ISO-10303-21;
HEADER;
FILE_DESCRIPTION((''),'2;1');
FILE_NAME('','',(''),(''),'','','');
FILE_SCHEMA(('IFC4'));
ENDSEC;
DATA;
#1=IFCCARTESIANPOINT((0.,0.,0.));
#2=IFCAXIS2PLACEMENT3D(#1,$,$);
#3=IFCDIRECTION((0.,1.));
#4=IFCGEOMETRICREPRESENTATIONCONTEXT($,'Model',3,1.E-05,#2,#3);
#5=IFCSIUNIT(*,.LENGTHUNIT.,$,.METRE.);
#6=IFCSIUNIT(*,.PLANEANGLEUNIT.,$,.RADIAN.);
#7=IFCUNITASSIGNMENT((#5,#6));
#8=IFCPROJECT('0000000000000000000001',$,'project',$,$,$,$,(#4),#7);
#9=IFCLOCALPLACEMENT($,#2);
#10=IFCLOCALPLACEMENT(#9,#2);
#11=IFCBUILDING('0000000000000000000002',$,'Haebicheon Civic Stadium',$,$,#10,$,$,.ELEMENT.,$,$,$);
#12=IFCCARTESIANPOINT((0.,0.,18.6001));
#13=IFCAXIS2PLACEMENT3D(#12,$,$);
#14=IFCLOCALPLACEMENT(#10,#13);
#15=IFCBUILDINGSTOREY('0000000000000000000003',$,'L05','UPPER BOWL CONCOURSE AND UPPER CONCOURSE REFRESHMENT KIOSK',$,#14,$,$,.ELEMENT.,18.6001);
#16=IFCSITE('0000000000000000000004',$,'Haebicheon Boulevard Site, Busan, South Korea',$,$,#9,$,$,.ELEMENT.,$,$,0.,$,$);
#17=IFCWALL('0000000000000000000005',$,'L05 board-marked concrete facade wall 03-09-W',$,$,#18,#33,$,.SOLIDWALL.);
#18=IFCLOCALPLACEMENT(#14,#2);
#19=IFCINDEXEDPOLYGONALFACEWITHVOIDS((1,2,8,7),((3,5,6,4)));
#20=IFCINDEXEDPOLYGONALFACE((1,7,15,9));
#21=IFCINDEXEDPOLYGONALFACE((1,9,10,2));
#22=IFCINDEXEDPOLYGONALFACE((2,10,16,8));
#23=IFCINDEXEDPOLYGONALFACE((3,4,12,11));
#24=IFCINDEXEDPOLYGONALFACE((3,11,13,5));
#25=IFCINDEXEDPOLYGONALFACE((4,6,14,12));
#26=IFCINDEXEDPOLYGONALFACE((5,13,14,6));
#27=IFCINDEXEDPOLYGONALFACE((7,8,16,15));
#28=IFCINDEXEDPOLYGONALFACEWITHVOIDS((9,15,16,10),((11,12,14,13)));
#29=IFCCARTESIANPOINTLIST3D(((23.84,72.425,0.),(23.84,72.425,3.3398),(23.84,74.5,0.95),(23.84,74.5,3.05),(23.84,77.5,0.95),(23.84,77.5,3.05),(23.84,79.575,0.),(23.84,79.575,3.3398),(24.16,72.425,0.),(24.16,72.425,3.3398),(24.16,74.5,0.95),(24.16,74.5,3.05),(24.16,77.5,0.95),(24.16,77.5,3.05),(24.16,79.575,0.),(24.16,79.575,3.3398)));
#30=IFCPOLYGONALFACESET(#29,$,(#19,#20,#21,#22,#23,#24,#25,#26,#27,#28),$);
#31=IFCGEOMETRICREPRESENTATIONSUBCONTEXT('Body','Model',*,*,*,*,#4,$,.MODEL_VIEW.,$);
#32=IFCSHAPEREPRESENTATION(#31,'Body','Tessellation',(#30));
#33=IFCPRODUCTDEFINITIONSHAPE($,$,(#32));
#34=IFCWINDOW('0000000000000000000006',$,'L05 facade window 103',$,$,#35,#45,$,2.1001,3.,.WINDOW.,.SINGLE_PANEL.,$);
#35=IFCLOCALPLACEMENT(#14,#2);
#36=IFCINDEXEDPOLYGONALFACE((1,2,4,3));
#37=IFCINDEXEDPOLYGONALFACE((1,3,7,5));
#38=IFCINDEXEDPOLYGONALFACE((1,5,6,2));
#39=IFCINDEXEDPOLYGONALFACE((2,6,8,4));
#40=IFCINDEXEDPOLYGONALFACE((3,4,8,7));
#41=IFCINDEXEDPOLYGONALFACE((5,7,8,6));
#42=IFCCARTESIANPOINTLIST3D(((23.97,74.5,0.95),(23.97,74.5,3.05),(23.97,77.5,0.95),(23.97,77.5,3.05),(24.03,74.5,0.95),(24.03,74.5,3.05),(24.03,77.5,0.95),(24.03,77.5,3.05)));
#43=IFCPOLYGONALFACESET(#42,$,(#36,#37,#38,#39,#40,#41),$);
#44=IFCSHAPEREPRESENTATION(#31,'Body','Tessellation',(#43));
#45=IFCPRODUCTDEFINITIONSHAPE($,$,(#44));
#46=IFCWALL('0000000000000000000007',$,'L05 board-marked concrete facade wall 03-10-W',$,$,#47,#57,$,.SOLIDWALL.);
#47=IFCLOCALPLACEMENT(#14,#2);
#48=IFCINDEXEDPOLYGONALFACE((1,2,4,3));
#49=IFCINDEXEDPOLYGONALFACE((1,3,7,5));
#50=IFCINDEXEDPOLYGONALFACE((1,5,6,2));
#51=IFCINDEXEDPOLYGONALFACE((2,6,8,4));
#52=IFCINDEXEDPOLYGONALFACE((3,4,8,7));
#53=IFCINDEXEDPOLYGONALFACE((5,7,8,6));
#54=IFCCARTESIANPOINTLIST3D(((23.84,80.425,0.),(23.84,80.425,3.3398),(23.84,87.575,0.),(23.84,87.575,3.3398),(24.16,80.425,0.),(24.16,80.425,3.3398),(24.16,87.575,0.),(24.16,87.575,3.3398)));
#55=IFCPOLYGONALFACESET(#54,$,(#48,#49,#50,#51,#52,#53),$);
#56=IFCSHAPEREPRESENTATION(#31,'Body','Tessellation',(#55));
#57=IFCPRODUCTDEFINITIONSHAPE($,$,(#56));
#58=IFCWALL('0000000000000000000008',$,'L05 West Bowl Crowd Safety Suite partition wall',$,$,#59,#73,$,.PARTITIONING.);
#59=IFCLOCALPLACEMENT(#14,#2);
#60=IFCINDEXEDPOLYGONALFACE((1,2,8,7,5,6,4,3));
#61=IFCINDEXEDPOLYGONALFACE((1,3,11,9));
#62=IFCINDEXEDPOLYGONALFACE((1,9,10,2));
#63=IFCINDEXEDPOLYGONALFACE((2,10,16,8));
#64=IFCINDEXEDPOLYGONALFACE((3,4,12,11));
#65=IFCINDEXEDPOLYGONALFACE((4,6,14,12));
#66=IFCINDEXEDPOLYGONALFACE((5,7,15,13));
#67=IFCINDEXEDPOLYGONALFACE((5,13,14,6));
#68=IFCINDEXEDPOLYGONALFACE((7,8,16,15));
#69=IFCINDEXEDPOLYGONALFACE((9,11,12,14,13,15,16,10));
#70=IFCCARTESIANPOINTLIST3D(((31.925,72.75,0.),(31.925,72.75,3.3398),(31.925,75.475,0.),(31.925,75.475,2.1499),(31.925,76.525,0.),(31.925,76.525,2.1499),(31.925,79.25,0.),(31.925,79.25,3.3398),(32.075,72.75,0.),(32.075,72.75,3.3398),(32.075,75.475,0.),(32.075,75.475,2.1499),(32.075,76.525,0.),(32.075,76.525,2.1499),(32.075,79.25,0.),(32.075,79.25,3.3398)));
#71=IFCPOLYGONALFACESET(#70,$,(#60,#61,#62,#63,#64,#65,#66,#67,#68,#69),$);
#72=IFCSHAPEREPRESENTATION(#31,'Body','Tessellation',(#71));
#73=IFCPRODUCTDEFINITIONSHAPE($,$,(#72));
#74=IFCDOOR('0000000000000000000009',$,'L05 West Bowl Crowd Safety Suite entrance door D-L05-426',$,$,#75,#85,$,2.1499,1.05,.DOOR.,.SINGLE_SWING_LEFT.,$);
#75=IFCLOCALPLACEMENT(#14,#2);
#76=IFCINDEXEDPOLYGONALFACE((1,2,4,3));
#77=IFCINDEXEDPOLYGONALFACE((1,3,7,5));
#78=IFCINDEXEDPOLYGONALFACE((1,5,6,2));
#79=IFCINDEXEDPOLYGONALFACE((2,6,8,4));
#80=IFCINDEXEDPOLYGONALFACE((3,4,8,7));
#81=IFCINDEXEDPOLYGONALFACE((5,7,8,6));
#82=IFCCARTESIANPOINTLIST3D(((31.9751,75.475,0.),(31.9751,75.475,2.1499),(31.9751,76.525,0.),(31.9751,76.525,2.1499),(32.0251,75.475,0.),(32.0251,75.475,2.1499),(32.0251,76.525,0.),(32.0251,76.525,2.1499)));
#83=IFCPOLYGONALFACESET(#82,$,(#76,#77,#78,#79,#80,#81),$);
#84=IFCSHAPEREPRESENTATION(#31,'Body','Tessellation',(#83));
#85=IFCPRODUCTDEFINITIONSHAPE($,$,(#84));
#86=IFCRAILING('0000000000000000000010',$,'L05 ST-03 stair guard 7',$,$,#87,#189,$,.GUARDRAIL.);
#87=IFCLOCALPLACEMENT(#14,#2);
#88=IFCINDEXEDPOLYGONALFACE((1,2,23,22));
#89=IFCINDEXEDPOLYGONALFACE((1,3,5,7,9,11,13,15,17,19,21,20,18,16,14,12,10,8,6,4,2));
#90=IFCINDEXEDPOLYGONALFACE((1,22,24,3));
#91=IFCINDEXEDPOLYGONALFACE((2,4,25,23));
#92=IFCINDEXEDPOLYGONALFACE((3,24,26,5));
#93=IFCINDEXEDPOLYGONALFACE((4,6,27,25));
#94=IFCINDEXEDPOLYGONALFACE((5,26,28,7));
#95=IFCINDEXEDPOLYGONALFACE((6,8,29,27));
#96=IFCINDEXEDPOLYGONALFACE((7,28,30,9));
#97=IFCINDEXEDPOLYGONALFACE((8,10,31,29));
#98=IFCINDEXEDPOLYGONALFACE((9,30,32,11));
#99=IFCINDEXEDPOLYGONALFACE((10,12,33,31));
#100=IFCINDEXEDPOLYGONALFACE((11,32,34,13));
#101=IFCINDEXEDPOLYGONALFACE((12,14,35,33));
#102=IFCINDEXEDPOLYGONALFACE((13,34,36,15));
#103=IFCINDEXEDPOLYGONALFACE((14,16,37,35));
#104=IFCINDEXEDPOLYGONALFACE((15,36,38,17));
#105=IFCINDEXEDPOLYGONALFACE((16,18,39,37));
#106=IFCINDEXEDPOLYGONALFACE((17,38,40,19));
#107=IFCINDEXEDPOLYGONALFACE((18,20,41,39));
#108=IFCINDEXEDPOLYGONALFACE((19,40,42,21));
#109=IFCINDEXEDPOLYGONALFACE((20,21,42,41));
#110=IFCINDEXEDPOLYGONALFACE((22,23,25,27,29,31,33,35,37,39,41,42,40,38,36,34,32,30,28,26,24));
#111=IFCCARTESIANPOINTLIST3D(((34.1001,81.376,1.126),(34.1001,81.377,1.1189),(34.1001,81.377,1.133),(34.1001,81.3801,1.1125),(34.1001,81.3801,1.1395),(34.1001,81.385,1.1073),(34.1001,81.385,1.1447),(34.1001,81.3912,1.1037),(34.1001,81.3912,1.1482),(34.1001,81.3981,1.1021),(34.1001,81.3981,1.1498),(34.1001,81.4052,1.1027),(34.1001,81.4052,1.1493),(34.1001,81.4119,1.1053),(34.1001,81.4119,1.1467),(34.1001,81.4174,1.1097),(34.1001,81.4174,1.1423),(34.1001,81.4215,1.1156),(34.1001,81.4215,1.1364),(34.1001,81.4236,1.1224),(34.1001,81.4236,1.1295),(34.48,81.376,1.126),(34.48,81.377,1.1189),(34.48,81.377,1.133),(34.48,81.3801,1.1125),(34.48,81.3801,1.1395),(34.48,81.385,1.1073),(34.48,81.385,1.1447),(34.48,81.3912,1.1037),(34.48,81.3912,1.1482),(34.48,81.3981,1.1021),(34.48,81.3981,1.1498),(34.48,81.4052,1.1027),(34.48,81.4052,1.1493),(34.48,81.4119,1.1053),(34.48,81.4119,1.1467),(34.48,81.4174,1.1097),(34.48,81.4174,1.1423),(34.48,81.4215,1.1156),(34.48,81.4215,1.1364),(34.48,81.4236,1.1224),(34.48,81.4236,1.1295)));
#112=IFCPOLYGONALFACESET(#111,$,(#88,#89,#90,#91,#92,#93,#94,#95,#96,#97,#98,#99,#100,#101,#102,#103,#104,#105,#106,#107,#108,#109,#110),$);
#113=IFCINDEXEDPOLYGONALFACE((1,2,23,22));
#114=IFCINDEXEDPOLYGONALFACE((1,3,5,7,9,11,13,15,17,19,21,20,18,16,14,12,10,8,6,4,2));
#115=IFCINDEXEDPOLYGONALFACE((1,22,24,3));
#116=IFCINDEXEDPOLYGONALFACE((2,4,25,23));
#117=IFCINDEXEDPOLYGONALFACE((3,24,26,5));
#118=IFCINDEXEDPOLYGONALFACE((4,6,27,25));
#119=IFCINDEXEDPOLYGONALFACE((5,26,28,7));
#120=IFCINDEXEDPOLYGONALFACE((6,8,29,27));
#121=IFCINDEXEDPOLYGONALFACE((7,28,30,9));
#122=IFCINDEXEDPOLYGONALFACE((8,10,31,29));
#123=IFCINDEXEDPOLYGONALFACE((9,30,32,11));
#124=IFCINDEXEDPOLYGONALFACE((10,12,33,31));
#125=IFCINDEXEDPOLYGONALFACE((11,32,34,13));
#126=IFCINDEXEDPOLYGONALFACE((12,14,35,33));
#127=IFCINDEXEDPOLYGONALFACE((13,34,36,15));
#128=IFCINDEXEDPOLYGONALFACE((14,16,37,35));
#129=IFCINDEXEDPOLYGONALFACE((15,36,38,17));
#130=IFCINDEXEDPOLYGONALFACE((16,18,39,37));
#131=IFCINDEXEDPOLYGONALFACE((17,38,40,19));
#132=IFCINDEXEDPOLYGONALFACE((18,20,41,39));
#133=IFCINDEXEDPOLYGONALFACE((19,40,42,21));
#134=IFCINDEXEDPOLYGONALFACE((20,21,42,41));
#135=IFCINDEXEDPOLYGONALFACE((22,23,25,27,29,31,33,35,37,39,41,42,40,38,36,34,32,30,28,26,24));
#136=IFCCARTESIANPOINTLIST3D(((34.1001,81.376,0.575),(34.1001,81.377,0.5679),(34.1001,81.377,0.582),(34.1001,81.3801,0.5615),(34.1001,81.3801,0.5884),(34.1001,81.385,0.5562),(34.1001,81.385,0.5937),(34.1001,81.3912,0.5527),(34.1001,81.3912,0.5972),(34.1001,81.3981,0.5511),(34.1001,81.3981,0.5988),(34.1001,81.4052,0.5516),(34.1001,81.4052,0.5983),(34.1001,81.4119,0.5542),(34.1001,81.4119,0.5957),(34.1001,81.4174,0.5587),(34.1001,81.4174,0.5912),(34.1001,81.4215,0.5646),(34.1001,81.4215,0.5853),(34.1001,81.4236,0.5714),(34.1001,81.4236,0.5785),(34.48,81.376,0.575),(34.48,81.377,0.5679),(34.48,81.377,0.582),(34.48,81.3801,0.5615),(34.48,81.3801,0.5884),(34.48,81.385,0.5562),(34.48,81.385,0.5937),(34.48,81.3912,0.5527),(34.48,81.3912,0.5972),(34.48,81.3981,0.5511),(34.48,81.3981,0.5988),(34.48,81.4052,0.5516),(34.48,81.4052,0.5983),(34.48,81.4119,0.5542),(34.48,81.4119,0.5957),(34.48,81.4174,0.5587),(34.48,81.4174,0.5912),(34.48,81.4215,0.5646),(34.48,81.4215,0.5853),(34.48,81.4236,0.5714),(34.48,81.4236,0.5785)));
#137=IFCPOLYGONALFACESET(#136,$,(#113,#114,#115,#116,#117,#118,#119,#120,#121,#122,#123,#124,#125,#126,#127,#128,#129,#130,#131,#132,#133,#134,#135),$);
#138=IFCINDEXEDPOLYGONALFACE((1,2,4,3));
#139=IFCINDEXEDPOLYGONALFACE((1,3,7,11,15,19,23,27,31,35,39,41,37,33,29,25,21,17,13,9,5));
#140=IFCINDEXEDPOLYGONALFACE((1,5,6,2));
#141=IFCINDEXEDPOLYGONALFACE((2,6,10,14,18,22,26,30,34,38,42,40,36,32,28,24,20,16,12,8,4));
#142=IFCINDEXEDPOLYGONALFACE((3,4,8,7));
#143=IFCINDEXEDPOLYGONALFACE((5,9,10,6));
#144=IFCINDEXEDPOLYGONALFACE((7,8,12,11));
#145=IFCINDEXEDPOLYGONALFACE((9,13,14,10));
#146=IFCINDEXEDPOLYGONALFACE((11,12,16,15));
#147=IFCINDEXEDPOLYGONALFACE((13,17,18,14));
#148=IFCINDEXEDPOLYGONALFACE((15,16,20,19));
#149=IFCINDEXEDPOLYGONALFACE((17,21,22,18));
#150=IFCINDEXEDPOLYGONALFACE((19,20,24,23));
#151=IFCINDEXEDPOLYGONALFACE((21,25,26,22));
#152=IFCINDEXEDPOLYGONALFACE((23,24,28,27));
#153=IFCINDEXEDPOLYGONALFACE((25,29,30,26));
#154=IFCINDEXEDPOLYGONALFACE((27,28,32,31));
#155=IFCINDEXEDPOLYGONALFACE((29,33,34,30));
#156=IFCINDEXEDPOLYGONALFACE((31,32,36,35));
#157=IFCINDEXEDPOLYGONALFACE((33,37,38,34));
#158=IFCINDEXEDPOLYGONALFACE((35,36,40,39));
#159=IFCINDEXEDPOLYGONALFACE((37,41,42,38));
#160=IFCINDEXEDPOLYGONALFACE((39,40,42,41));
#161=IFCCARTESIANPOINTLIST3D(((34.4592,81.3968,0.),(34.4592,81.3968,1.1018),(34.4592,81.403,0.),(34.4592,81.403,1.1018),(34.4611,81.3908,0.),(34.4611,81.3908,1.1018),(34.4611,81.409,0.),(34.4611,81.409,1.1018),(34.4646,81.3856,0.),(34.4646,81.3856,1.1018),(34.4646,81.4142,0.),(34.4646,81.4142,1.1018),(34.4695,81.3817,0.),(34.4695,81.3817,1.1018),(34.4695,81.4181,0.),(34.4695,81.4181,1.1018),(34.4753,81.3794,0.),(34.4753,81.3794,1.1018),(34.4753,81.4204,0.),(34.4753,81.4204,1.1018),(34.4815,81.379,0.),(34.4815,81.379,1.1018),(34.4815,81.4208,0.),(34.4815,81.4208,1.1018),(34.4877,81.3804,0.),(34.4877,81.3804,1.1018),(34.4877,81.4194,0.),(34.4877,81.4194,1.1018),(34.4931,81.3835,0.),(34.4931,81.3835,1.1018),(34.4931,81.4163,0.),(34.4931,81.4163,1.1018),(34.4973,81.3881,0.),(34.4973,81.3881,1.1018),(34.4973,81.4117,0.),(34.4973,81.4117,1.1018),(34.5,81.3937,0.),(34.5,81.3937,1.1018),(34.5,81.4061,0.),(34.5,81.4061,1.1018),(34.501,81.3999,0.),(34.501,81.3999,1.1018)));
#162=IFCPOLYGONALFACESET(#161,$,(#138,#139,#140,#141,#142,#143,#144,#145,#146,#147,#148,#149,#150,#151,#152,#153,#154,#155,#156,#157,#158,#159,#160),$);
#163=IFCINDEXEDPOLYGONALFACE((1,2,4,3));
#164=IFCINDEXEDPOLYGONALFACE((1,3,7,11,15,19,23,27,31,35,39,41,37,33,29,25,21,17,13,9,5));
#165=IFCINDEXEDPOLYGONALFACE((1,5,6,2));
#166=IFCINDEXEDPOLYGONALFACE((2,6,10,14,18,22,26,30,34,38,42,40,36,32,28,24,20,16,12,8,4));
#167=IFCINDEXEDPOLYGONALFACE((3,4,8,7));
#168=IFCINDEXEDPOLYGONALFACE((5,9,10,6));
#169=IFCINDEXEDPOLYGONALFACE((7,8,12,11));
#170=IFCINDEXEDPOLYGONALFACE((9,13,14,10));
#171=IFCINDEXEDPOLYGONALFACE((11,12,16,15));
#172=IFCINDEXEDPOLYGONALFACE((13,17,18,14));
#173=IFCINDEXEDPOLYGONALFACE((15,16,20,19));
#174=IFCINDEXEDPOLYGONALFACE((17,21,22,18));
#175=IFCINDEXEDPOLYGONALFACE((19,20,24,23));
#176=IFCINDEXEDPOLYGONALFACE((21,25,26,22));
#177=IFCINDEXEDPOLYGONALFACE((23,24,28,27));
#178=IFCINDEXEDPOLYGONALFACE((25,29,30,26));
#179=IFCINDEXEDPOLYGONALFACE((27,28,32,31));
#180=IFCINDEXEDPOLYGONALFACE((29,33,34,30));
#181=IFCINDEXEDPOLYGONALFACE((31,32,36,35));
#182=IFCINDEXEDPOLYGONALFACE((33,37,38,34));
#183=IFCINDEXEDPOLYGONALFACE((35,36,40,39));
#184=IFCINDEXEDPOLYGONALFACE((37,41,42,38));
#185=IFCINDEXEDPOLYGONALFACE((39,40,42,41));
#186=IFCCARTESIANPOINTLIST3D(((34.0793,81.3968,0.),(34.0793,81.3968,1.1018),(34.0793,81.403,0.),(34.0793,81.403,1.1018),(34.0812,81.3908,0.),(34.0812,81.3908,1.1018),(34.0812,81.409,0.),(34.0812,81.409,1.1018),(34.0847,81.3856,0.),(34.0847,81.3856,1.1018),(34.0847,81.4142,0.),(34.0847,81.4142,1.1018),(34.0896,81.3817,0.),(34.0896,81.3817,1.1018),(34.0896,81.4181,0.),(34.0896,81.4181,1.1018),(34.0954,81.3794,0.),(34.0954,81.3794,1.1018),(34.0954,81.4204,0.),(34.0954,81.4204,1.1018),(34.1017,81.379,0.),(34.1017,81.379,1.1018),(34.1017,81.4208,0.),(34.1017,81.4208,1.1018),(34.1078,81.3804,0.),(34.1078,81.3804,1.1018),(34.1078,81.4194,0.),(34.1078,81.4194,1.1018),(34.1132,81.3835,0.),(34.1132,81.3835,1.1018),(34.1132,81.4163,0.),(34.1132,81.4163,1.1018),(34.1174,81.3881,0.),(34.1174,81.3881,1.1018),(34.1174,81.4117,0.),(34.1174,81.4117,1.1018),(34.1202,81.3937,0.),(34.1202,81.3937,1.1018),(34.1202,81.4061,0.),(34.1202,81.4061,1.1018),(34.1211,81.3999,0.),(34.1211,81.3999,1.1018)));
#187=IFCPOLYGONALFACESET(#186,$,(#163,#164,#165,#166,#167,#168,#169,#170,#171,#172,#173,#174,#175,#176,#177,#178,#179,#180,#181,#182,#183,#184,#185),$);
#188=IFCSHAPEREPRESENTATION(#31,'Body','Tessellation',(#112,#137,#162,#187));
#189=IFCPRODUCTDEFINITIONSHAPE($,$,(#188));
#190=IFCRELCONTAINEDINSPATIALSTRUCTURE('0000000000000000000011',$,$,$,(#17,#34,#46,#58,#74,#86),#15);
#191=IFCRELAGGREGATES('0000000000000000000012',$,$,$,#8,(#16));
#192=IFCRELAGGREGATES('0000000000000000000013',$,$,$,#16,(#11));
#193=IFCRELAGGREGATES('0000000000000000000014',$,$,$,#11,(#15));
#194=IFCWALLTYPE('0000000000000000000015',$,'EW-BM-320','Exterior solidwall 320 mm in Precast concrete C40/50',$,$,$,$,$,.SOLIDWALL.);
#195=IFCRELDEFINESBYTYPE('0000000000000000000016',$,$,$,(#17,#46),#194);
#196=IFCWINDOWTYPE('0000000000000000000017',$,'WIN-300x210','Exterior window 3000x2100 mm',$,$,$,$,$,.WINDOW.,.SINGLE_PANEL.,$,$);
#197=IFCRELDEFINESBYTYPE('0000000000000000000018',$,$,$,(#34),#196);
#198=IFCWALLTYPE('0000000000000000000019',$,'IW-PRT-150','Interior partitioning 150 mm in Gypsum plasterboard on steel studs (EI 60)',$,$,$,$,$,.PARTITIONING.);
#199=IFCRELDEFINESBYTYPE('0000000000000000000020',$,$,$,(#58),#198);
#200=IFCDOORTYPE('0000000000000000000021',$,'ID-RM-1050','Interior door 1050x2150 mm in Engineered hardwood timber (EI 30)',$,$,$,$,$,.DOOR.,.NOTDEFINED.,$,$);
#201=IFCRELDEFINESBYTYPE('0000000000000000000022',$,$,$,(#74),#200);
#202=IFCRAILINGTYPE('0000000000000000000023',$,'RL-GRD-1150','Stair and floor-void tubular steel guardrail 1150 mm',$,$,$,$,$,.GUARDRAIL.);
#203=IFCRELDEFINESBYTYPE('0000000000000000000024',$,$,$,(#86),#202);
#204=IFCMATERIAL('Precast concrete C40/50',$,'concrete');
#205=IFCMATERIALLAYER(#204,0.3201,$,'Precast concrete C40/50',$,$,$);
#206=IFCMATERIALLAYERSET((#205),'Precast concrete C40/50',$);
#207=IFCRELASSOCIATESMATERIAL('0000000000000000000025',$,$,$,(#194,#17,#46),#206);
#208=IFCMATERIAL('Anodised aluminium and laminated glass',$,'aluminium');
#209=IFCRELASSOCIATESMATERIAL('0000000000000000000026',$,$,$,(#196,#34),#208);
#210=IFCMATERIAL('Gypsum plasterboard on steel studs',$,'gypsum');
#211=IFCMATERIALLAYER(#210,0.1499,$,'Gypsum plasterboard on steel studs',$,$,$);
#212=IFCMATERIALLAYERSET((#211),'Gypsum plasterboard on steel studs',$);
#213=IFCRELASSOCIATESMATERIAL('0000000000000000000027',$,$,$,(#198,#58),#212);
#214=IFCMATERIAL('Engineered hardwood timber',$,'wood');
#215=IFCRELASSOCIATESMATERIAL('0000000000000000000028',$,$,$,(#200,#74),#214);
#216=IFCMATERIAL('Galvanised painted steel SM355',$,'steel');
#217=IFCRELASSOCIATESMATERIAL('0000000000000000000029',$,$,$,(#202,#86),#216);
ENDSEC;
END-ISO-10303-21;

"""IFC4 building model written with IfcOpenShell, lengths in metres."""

from ifc_helpers import new_model, si_unit, direction, frame, frame_2d, origin, origin_2d, place, context, subcontext, project, spatial, rectangle, circle, extrude, material, layer, layer_set, type_object, element, fill, save


model = new_model("IFC4")

# Units and contexts
model_context = context("Model", 3, precision=1e-05, world=origin(), true_north=direction((0.0, 1.0)))
body_context = subcontext(model_context, "Body", "Model", "MODEL_VIEW")
ifc_project = project(units=[si_unit("LENGTHUNIT", "METRE"), si_unit("PLANEANGLEUNIT", "RADIAN")], contexts=[model_context])

# Site, building, storey
site_placement = place(None, origin())
site = spatial("IfcSite", under=ifc_project, at=site_placement, Name="Haebicheon Boulevard Site, Busan, South Korea", CompositionType="ELEMENT", RefElevation=0.0)
building_placement = place(site_placement, origin())
building = spatial("IfcBuilding", under=site, at=building_placement, Name="Haebicheon Civic Stadium", CompositionType="ELEMENT")
storey_placement = place(building_placement, frame((0.0, 0.0, 18.6001)))
storey = spatial("IfcBuildingStorey", under=building, at=storey_placement, Name="L05", Description="UPPER BOWL CONCOURSE AND UPPER CONCOURSE REFRESHMENT KIOSK", CompositionType="ELEMENT", Elevation=18.6001)

# Wall, opening, window
ifc_material_1 = material(Name="Precast concrete C40/50", Category="concrete")
ifc_layer_1 = layer(ifc_material_1, 0.3201, Name="Precast concrete C40/50")
ifc_layer_set_1 = layer_set([ifc_layer_1], Name="Precast concrete C40/50")
wall_type_1 = type_object("IfcWallType", Name="EW-BM-320", Description="Exterior solidwall 320 mm in Precast concrete C40/50", PredefinedType="SOLIDWALL", material=ifc_layer_set_1)
wall_1_placement = place(storey_placement, frame((24.0, 72.425, 0.0), z_axis=(0.0, 0.0, 1.0), x_axis=(0.0, 1.0, 0.0)))
wall_1 = element("IfcWall", 1, at=wall_1_placement, inside=storey, type_object=wall_type_1, material=ifc_layer_set_1, Name="L05 board-marked concrete facade wall 03-09-W", PredefinedType="SOLIDWALL", context=body_context, shape_type="SweptSolid", body=[
    extrude(rectangle(XDim=7.1499, YDim=0.3201, at=frame_2d((3.575, 0.0))), origin(), (0.0, 0.0, 1.0), 3.3398),
])
opening_1_placement = place(wall_1_placement, frame((2.075, 0.0, 0.95)))
opening_1 = element("IfcOpeningElement", 2, at=opening_1_placement, cuts=wall_1, PredefinedType="OPENING", context=body_context, shape_type="SweptSolid", body=[
    extrude(rectangle(XDim=3.0, YDim=2.1001, at=frame_2d((1.5, 1.05))), frame((0.0, 0.1699, 0.0), z_axis=(0.0, -1.0, 0.0), x_axis=(1.0, 0.0, 0.0)), (0.0, 0.0, 1.0), 0.3401),
])
ifc_material_2 = material(Name="Anodised aluminium and laminated glass", Category="aluminium")
window_type = type_object("IfcWindowType", Name="WIN-300x210", Description="Exterior window 3000x2100 mm", PartitioningType="SINGLE_PANEL", PredefinedType="WINDOW", material=ifc_material_2)
window_placement = place(opening_1_placement, origin())
window = element("IfcWindow", 3, at=window_placement, inside=storey, type_object=window_type, material=ifc_material_2, Name="L05 facade window 103", OverallHeight=2.1001, OverallWidth=3.0, PartitioningType="SINGLE_PANEL", PredefinedType="WINDOW", context=body_context, shape_type="SweptSolid", body=[
    extrude(rectangle(XDim=3.0, YDim=2.1001, at=frame_2d((1.5, 1.05))), frame((0.0, 0.03, 0.0), z_axis=(0.0, -1.0, 0.0), x_axis=(1.0, 0.0, 0.0)), (0.0, 0.0, 1.0), 0.0601),
])
fill(opening_1, window)

# Wall
wall_2_placement = place(storey_placement, frame((24.0, 80.425, 0.0), z_axis=(0.0, 0.0, 1.0), x_axis=(0.0, 1.0, 0.0)))
element("IfcWall", 4, at=wall_2_placement, inside=storey, type_object=wall_type_1, material=ifc_layer_set_1, Name="L05 board-marked concrete facade wall 03-10-W", PredefinedType="SOLIDWALL", context=body_context, shape_type="SweptSolid", body=[
    extrude(rectangle(XDim=7.1499, YDim=0.3201, at=frame_2d((3.575, 0.0))), origin(), (0.0, 0.0, 1.0), 3.3398),
])

# Wall, opening, door
ifc_material_3 = material(Name="Gypsum plasterboard on steel studs", Category="gypsum")
ifc_layer_2 = layer(ifc_material_3, 0.1499, Name="Gypsum plasterboard on steel studs")
ifc_layer_set_2 = layer_set([ifc_layer_2], Name="Gypsum plasterboard on steel studs")
wall_type_2 = type_object("IfcWallType", Name="IW-PRT-150", Description="Interior partitioning 150 mm in Gypsum plasterboard on steel studs (EI 60)", PredefinedType="PARTITIONING", material=ifc_layer_set_2)
wall_3_placement = place(storey_placement, frame((32.0, 72.75, 0.0), z_axis=(0.0, 0.0, 1.0), x_axis=(0.0, 1.0, 0.0)))
wall_3 = element("IfcWall", 5, at=wall_3_placement, inside=storey, type_object=wall_type_2, material=ifc_layer_set_2, Name="L05 West Bowl Crowd Safety Suite partition wall", PredefinedType="PARTITIONING", context=body_context, shape_type="SweptSolid", body=[
    extrude(rectangle(XDim=6.5, YDim=0.1499, at=frame_2d((3.25, 0.0))), origin(), (0.0, 0.0, 1.0), 3.3398),
])
opening_2_placement = place(wall_3_placement, frame((2.7251, 0.0, 0.0)))
opening_2 = element("IfcOpeningElement", 6, at=opening_2_placement, cuts=wall_3, PredefinedType="OPENING", context=body_context, shape_type="SweptSolid", body=[
    extrude(rectangle(XDim=1.05, YDim=2.1499, at=frame_2d((0.5249, 1.075))), frame((0.0, 0.085, 0.0), z_axis=(0.0, -1.0, 0.0), x_axis=(1.0, 0.0, 0.0)), (0.0, 0.0, 1.0), 0.1699),
])
ifc_material_4 = material(Name="Engineered hardwood timber", Category="wood")
door_type_1 = type_object("IfcDoorType", Name="ID-RM-1050", Description="Interior door 1050x2150 mm in Engineered hardwood timber (EI 30)", OperationType="NOTDEFINED", PredefinedType="DOOR", material=ifc_material_4)
door_1_placement = place(opening_2_placement, origin())
door_1 = element("IfcDoor", 7, at=door_1_placement, inside=storey, type_object=door_type_1, material=ifc_material_4, Name="L05 West Bowl Crowd Safety Suite entrance door D-L05-426", OperationType="SINGLE_SWING_LEFT", OverallHeight=2.1499, OverallWidth=1.05, PredefinedType="DOOR", context=body_context, shape_type="SweptSolid", body=[
    extrude(rectangle(XDim=1.05, YDim=2.1499, at=frame_2d((0.5249, 1.075))), frame((0.0, 0.0249, 0.0), z_axis=(0.0, -1.0, 0.0), x_axis=(1.0, 0.0, 0.0)), (0.0, 0.0, 1.0), 0.05),
])
fill(opening_2, door_1)

# Railing
ifc_material_5 = material(Name="Galvanised painted steel SM355", Category="steel")
railing_type = type_object("IfcRailingType", Name="RL-GRD-1150", Description="Stair and floor-void tubular steel guardrail 1150 mm", PredefinedType="GUARDRAIL", material=ifc_material_5)
railing_placement = place(storey_placement, frame((34.48, 81.3999, 0.0)))
element("IfcRailing", 8, at=railing_placement, inside=storey, type_object=railing_type, material=ifc_material_5, Name="L05 ST-03 stair guard 7", PredefinedType="GUARDRAIL", context=body_context, shape_type="SweptSolid", body=[
    extrude(circle(Radius=0.0239, at=origin_2d()), frame((0.0, 0.0, 1.126), z_axis=(-1.0, 0.0, 0.0), x_axis=(0.0, -1.0, 0.0)), (0.0, 0.0, 1.0), 0.3799),
    extrude(circle(Radius=0.0239, at=origin_2d()), frame((0.0, 0.0, 0.575), z_axis=(-1.0, 0.0, 0.0), x_axis=(0.0, -1.0, 0.0)), (0.0, 0.0, 1.0), 0.3799),
    extrude(circle(Radius=0.021, at=origin_2d()), origin(), (0.0, 0.0, 1.0), 1.1018),
    extrude(circle(Radius=0.021, at=origin_2d()), frame((-0.3799, 0.0, 0.0)), (0.0, 0.0, 1.0), 1.1018),
])

save(model, "model.ifc")
